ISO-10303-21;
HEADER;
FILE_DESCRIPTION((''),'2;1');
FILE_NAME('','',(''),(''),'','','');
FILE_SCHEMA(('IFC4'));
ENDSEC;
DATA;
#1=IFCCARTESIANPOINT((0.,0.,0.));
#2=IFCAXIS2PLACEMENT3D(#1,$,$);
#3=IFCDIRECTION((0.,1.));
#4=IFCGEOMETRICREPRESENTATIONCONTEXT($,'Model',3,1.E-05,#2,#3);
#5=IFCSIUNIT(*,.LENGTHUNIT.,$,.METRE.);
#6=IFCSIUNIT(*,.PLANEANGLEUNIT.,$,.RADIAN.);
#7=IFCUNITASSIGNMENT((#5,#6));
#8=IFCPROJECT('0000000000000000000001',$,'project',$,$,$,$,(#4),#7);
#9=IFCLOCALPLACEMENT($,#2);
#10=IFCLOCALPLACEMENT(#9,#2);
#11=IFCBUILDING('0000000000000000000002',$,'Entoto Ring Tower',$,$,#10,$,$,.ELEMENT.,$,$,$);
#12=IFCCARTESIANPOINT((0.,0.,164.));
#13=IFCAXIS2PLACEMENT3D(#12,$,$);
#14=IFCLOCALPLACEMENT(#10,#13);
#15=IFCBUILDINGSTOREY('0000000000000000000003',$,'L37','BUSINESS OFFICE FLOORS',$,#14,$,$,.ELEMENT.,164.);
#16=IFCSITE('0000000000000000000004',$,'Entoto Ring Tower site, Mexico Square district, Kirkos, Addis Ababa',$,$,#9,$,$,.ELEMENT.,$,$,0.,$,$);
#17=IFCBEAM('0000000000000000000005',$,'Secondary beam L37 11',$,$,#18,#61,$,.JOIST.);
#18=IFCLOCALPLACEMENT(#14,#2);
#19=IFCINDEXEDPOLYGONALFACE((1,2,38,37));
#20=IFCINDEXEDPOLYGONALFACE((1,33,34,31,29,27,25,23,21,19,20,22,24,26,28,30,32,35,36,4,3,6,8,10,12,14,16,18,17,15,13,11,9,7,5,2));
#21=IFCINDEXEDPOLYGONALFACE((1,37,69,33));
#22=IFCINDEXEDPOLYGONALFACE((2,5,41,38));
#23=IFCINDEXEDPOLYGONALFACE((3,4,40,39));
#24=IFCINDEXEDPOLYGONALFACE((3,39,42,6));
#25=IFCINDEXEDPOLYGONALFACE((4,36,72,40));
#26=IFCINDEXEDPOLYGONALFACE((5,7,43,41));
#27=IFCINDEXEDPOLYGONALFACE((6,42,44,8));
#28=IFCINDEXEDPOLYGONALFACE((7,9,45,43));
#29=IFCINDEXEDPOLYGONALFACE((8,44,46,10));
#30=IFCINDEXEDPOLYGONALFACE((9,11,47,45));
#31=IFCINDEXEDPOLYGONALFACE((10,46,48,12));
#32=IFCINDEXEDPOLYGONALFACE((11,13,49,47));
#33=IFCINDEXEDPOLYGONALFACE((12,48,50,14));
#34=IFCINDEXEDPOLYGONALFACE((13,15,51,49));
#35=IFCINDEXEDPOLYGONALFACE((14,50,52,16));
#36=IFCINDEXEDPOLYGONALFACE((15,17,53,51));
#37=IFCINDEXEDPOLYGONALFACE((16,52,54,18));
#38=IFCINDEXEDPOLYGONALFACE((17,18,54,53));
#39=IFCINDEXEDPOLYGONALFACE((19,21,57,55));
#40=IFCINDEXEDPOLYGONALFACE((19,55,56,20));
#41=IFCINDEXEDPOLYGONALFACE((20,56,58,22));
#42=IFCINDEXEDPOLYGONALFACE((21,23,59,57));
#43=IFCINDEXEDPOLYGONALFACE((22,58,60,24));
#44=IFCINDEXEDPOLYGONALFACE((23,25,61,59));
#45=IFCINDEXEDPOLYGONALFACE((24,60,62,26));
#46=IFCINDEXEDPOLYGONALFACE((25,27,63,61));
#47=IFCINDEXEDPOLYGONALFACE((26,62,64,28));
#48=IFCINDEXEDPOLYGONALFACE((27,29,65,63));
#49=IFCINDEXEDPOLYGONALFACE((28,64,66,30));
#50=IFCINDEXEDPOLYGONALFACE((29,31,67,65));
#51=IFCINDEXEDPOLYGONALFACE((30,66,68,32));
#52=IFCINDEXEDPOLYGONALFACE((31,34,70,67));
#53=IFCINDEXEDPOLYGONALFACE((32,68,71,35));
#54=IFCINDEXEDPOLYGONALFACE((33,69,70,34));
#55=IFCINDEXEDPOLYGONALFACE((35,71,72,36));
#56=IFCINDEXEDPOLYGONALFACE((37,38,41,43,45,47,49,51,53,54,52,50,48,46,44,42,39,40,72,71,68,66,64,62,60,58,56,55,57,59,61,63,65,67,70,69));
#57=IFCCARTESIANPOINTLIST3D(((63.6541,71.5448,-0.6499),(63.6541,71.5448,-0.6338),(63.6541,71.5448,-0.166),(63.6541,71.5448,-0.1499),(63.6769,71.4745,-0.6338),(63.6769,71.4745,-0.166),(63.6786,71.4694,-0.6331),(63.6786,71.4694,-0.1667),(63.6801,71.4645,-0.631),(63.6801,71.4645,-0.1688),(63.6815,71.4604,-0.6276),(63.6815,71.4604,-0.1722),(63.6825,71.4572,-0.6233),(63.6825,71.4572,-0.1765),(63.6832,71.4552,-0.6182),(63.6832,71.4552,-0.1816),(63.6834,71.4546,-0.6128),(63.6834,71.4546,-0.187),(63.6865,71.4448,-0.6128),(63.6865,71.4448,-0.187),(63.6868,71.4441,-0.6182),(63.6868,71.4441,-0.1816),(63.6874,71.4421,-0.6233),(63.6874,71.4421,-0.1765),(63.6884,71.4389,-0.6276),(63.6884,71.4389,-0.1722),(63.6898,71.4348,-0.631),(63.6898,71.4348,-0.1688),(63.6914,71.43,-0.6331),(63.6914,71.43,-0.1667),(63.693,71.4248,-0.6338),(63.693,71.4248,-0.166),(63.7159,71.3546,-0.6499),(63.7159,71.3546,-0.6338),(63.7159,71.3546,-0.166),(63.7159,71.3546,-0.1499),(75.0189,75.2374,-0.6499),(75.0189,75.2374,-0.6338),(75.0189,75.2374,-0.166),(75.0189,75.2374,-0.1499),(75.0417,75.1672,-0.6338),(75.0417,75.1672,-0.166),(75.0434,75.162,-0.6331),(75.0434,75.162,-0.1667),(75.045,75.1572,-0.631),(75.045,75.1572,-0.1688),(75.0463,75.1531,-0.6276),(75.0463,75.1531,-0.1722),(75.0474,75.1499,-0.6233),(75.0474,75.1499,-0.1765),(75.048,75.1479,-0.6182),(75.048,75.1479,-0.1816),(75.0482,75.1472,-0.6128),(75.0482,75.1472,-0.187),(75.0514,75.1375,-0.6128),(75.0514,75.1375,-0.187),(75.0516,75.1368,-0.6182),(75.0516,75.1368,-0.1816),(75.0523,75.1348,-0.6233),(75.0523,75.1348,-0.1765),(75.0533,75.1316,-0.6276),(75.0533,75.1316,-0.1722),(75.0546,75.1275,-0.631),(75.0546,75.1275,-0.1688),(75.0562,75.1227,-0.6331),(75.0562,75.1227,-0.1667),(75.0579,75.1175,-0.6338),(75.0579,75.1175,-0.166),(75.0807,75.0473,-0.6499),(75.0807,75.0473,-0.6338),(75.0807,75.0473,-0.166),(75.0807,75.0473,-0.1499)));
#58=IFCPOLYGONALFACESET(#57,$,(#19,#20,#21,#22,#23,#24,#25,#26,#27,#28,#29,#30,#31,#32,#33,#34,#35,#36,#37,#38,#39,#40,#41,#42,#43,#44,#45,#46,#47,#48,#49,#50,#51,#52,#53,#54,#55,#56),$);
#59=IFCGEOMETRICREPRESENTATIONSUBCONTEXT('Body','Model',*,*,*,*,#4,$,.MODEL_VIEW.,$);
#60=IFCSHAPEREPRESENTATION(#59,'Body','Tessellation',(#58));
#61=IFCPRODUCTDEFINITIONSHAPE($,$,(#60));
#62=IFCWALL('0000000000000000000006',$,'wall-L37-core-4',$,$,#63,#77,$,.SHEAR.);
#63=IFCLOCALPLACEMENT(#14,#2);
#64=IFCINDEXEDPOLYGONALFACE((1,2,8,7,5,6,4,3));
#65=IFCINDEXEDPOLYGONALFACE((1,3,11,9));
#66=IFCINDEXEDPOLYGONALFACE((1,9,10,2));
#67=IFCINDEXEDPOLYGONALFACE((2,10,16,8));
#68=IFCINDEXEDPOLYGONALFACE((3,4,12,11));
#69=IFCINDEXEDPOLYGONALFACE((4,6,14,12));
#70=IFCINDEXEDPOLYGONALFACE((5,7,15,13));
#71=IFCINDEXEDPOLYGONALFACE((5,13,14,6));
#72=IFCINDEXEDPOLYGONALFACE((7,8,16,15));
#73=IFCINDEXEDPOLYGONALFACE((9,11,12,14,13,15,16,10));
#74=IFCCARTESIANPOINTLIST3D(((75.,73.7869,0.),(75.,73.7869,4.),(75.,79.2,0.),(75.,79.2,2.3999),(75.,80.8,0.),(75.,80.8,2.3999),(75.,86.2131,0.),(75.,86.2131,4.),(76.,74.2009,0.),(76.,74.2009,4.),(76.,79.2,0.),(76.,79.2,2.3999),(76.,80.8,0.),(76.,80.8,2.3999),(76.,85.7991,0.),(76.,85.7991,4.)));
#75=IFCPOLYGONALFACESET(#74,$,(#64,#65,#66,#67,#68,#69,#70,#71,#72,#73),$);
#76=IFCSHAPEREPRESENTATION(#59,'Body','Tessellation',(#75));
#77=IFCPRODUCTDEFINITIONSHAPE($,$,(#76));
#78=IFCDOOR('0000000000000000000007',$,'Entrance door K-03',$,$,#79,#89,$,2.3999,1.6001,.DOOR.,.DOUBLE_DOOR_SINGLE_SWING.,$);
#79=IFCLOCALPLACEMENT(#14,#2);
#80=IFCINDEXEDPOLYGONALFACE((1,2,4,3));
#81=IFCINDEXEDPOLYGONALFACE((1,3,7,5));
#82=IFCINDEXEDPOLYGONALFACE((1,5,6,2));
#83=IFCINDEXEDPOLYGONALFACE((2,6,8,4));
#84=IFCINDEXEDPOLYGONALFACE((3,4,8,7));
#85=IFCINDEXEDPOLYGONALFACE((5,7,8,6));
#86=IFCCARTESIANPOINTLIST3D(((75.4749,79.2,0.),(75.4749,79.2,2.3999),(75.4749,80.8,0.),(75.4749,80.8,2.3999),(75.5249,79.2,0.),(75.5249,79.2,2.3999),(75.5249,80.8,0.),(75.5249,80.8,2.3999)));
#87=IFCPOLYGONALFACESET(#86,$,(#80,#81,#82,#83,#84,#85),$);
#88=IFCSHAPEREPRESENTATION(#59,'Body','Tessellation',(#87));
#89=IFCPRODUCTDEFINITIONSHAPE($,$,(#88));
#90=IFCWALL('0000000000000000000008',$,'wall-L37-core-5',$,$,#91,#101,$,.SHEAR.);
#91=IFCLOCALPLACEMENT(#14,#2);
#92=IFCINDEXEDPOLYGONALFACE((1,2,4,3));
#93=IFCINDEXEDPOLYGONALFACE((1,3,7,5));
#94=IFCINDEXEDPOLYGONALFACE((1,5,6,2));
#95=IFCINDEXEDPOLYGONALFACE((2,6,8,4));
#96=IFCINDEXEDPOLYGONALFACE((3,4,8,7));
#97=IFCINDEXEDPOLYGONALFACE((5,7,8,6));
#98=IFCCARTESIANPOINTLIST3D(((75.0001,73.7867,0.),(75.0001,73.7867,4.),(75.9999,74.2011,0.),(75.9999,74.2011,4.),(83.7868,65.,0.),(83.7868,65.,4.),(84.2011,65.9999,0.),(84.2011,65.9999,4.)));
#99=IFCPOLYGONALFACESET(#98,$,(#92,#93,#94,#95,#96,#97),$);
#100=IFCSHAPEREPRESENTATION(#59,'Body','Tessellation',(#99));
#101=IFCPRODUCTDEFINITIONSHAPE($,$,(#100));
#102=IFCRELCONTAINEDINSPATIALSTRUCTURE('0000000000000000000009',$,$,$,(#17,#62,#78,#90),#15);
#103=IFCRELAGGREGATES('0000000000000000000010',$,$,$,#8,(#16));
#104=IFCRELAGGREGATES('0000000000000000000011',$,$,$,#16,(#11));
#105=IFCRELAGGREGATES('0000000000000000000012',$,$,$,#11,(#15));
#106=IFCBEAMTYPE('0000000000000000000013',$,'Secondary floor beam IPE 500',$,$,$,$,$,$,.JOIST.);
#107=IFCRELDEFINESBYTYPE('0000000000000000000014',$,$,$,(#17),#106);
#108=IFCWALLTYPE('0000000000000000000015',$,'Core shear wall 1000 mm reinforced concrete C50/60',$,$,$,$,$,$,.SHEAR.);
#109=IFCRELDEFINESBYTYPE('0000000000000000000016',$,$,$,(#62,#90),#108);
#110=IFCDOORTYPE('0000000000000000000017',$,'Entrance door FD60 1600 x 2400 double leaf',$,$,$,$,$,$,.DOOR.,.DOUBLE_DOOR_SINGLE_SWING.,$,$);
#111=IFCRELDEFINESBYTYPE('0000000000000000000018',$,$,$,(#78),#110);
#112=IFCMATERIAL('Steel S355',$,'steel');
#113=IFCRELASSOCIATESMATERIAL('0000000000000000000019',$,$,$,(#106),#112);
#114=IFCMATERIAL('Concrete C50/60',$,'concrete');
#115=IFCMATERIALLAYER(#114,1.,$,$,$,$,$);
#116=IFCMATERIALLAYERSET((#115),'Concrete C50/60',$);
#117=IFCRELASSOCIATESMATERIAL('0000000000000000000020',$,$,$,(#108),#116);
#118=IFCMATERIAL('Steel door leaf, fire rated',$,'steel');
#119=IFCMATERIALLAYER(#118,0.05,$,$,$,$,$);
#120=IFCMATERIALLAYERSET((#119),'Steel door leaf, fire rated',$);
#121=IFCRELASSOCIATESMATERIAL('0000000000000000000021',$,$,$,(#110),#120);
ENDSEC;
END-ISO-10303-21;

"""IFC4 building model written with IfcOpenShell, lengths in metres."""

from ifc_helpers import new_model, si_unit, direction, frame, frame_2d, origin, origin_2d, place, context, subcontext, project, spatial, polyline, rectangle, i_section, outline, extrude, material, layer, layer_set, material_profile, profile_set, type_object, element, fill, save


model = new_model("IFC4")

# Units and contexts
model_context = context("Model", 3, precision=1e-05, world=origin(), true_north=direction((0.0, 1.0)))
body_context = subcontext(model_context, "Body", "Model", "MODEL_VIEW")
ifc_project = project(units=[si_unit("LENGTHUNIT", "METRE"), si_unit("PLANEANGLEUNIT", "RADIAN")], contexts=[model_context])

# Site, building, storey
site_placement = place(None, origin())
site = spatial("IfcSite", under=ifc_project, at=site_placement, Name="Entoto Ring Tower site, Mexico Square district, Kirkos, Addis Ababa", CompositionType="ELEMENT", RefElevation=0.0)
building_placement = place(site_placement, origin())
building = spatial("IfcBuilding", under=site, at=building_placement, Name="Entoto Ring Tower", CompositionType="ELEMENT")
storey_placement = place(building_placement, frame((0.0, 0.0, 164.0)))
storey = spatial("IfcBuildingStorey", under=building, at=storey_placement, Name="L37", Description="BUSINESS OFFICE FLOORS", CompositionType="ELEMENT", Elevation=164.0)

# Beam
ifc_material_1 = material(Name="Steel S355", Category="steel")
ifc_material_profile_1 = material_profile(ifc_material_1, i_section(OverallWidth=0.2, OverallDepth=0.5, WebThickness=0.0103, FlangeThickness=0.0161, FilletRadius=0.021, at=origin_2d()), Name="IPE 500")
ifc_profile_set_1 = profile_set([ifc_material_profile_1], Name="Steel S355")
beam_type_1 = type_object("IfcBeamType", Name="Secondary floor beam IPE 500", PredefinedType="JOIST", material=ifc_profile_set_1)
beam_1_placement = place(storey_placement, frame((75.0498, 75.1423, -0.3999), z_axis=(-0.951057, -0.309017, 0.0), x_axis=(0.309017, -0.951057, 0.0)))
element("IfcBeam", 1, at=beam_1_placement, inside=storey, type_object=beam_type_1, Name="Secondary beam L37 11", PredefinedType="JOIST", context=body_context, shape_type="SweptSolid", body=[
    extrude(i_section(OverallWidth=0.2, OverallDepth=0.5, WebThickness=0.0103, FlangeThickness=0.0161, FilletRadius=0.021, at=origin_2d()), origin(), (0.0, 0.0, 1.0), 11.9497),
])

# Wall, opening, door
ifc_material_2 = material(Name="Concrete C50/60", Category="concrete")
ifc_layer_1 = layer(ifc_material_2, 1.0)
ifc_layer_set_1 = layer_set([ifc_layer_1], Name="Concrete C50/60")
wall_type = type_object("IfcWallType", Name="Core shear wall 1000 mm reinforced concrete C50/60", PredefinedType="SHEAR", material=ifc_layer_set_1)
wall_1_placement = place(storey_placement, frame((75.5, 86.0061, 0.0), z_axis=(0.0, 0.0, 1.0), x_axis=(0.0, -1.0, 0.0)))
wall_1 = element("IfcWall", 2, at=wall_1_placement, inside=storey, type_object=wall_type, Name="wall-L37-core-4", PredefinedType="SHEAR", context=body_context, shape_type="SweptSolid", body=[
    extrude(outline(polyline([(-0.207, -0.5), (12.2192, -0.5), (11.8052, 0.5), (0.207, 0.5), (-0.207, -0.5)])), origin(), (0.0, 0.0, 1.0), 4.0),
])
opening_placement = place(wall_1_placement, frame((5.2061, 0.0, 0.0)))
opening = element("IfcOpeningElement", 3, at=opening_placement, cuts=wall_1, PredefinedType="OPENING", context=body_context, shape_type="SweptSolid", body=[
    extrude(rectangle(XDim=1.6001, YDim=2.3999, at=frame_2d((0.8, 1.2))), frame((0.0, 0.51, 0.0), z_axis=(0.0, -1.0, 0.0), x_axis=(1.0, 0.0, 0.0)), (0.0, 0.0, 1.0), 1.02),
])
ifc_material_3 = material(Name="Steel door leaf, fire rated", Category="steel")
ifc_layer_2 = layer(ifc_material_3, 0.05)
ifc_layer_set_2 = layer_set([ifc_layer_2], Name="Steel door leaf, fire rated")
door_type = type_object("IfcDoorType", Name="Entrance door FD60 1600 x 2400 double leaf", OperationType="DOUBLE_DOOR_SINGLE_SWING", PredefinedType="DOOR", material=ifc_layer_set_2)
door_placement = place(opening_placement, origin())
door = element("IfcDoor", 4, at=door_placement, inside=storey, type_object=door_type, Name="Entrance door K-03", OperationType="DOUBLE_DOOR_SINGLE_SWING", OverallHeight=2.3999, OverallWidth=1.6001, PredefinedType="DOOR", context=body_context, shape_type="SweptSolid", body=[
    extrude(rectangle(XDim=1.6001, YDim=2.3999, at=frame_2d((0.8, 1.2))), frame((0.0, 0.0249, 0.0), z_axis=(0.0, -1.0, 0.0), x_axis=(1.0, 0.0, 0.0)), (0.0, 0.0, 1.0), 0.05),
])
fill(opening, door)

# Wall
wall_2_placement = place(storey_placement, frame((75.5, 73.9939, 0.0), z_axis=(0.0, 0.0, 1.0), x_axis=(0.707107, -0.707107, 0.0)))
element("IfcWall", 5, at=wall_2_placement, inside=storey, type_object=wall_type, Name="wall-L37-core-5", PredefinedType="SHEAR", context=body_context, shape_type="SweptSolid", body=[
    extrude(outline(polyline([(-0.207, -0.5), (12.2192, -0.5), (11.8052, 0.5), (0.207, 0.5), (-0.207, -0.5)])), origin(), (0.0, 0.0, 1.0), 4.0),
])

save(model, "model.ifc")
